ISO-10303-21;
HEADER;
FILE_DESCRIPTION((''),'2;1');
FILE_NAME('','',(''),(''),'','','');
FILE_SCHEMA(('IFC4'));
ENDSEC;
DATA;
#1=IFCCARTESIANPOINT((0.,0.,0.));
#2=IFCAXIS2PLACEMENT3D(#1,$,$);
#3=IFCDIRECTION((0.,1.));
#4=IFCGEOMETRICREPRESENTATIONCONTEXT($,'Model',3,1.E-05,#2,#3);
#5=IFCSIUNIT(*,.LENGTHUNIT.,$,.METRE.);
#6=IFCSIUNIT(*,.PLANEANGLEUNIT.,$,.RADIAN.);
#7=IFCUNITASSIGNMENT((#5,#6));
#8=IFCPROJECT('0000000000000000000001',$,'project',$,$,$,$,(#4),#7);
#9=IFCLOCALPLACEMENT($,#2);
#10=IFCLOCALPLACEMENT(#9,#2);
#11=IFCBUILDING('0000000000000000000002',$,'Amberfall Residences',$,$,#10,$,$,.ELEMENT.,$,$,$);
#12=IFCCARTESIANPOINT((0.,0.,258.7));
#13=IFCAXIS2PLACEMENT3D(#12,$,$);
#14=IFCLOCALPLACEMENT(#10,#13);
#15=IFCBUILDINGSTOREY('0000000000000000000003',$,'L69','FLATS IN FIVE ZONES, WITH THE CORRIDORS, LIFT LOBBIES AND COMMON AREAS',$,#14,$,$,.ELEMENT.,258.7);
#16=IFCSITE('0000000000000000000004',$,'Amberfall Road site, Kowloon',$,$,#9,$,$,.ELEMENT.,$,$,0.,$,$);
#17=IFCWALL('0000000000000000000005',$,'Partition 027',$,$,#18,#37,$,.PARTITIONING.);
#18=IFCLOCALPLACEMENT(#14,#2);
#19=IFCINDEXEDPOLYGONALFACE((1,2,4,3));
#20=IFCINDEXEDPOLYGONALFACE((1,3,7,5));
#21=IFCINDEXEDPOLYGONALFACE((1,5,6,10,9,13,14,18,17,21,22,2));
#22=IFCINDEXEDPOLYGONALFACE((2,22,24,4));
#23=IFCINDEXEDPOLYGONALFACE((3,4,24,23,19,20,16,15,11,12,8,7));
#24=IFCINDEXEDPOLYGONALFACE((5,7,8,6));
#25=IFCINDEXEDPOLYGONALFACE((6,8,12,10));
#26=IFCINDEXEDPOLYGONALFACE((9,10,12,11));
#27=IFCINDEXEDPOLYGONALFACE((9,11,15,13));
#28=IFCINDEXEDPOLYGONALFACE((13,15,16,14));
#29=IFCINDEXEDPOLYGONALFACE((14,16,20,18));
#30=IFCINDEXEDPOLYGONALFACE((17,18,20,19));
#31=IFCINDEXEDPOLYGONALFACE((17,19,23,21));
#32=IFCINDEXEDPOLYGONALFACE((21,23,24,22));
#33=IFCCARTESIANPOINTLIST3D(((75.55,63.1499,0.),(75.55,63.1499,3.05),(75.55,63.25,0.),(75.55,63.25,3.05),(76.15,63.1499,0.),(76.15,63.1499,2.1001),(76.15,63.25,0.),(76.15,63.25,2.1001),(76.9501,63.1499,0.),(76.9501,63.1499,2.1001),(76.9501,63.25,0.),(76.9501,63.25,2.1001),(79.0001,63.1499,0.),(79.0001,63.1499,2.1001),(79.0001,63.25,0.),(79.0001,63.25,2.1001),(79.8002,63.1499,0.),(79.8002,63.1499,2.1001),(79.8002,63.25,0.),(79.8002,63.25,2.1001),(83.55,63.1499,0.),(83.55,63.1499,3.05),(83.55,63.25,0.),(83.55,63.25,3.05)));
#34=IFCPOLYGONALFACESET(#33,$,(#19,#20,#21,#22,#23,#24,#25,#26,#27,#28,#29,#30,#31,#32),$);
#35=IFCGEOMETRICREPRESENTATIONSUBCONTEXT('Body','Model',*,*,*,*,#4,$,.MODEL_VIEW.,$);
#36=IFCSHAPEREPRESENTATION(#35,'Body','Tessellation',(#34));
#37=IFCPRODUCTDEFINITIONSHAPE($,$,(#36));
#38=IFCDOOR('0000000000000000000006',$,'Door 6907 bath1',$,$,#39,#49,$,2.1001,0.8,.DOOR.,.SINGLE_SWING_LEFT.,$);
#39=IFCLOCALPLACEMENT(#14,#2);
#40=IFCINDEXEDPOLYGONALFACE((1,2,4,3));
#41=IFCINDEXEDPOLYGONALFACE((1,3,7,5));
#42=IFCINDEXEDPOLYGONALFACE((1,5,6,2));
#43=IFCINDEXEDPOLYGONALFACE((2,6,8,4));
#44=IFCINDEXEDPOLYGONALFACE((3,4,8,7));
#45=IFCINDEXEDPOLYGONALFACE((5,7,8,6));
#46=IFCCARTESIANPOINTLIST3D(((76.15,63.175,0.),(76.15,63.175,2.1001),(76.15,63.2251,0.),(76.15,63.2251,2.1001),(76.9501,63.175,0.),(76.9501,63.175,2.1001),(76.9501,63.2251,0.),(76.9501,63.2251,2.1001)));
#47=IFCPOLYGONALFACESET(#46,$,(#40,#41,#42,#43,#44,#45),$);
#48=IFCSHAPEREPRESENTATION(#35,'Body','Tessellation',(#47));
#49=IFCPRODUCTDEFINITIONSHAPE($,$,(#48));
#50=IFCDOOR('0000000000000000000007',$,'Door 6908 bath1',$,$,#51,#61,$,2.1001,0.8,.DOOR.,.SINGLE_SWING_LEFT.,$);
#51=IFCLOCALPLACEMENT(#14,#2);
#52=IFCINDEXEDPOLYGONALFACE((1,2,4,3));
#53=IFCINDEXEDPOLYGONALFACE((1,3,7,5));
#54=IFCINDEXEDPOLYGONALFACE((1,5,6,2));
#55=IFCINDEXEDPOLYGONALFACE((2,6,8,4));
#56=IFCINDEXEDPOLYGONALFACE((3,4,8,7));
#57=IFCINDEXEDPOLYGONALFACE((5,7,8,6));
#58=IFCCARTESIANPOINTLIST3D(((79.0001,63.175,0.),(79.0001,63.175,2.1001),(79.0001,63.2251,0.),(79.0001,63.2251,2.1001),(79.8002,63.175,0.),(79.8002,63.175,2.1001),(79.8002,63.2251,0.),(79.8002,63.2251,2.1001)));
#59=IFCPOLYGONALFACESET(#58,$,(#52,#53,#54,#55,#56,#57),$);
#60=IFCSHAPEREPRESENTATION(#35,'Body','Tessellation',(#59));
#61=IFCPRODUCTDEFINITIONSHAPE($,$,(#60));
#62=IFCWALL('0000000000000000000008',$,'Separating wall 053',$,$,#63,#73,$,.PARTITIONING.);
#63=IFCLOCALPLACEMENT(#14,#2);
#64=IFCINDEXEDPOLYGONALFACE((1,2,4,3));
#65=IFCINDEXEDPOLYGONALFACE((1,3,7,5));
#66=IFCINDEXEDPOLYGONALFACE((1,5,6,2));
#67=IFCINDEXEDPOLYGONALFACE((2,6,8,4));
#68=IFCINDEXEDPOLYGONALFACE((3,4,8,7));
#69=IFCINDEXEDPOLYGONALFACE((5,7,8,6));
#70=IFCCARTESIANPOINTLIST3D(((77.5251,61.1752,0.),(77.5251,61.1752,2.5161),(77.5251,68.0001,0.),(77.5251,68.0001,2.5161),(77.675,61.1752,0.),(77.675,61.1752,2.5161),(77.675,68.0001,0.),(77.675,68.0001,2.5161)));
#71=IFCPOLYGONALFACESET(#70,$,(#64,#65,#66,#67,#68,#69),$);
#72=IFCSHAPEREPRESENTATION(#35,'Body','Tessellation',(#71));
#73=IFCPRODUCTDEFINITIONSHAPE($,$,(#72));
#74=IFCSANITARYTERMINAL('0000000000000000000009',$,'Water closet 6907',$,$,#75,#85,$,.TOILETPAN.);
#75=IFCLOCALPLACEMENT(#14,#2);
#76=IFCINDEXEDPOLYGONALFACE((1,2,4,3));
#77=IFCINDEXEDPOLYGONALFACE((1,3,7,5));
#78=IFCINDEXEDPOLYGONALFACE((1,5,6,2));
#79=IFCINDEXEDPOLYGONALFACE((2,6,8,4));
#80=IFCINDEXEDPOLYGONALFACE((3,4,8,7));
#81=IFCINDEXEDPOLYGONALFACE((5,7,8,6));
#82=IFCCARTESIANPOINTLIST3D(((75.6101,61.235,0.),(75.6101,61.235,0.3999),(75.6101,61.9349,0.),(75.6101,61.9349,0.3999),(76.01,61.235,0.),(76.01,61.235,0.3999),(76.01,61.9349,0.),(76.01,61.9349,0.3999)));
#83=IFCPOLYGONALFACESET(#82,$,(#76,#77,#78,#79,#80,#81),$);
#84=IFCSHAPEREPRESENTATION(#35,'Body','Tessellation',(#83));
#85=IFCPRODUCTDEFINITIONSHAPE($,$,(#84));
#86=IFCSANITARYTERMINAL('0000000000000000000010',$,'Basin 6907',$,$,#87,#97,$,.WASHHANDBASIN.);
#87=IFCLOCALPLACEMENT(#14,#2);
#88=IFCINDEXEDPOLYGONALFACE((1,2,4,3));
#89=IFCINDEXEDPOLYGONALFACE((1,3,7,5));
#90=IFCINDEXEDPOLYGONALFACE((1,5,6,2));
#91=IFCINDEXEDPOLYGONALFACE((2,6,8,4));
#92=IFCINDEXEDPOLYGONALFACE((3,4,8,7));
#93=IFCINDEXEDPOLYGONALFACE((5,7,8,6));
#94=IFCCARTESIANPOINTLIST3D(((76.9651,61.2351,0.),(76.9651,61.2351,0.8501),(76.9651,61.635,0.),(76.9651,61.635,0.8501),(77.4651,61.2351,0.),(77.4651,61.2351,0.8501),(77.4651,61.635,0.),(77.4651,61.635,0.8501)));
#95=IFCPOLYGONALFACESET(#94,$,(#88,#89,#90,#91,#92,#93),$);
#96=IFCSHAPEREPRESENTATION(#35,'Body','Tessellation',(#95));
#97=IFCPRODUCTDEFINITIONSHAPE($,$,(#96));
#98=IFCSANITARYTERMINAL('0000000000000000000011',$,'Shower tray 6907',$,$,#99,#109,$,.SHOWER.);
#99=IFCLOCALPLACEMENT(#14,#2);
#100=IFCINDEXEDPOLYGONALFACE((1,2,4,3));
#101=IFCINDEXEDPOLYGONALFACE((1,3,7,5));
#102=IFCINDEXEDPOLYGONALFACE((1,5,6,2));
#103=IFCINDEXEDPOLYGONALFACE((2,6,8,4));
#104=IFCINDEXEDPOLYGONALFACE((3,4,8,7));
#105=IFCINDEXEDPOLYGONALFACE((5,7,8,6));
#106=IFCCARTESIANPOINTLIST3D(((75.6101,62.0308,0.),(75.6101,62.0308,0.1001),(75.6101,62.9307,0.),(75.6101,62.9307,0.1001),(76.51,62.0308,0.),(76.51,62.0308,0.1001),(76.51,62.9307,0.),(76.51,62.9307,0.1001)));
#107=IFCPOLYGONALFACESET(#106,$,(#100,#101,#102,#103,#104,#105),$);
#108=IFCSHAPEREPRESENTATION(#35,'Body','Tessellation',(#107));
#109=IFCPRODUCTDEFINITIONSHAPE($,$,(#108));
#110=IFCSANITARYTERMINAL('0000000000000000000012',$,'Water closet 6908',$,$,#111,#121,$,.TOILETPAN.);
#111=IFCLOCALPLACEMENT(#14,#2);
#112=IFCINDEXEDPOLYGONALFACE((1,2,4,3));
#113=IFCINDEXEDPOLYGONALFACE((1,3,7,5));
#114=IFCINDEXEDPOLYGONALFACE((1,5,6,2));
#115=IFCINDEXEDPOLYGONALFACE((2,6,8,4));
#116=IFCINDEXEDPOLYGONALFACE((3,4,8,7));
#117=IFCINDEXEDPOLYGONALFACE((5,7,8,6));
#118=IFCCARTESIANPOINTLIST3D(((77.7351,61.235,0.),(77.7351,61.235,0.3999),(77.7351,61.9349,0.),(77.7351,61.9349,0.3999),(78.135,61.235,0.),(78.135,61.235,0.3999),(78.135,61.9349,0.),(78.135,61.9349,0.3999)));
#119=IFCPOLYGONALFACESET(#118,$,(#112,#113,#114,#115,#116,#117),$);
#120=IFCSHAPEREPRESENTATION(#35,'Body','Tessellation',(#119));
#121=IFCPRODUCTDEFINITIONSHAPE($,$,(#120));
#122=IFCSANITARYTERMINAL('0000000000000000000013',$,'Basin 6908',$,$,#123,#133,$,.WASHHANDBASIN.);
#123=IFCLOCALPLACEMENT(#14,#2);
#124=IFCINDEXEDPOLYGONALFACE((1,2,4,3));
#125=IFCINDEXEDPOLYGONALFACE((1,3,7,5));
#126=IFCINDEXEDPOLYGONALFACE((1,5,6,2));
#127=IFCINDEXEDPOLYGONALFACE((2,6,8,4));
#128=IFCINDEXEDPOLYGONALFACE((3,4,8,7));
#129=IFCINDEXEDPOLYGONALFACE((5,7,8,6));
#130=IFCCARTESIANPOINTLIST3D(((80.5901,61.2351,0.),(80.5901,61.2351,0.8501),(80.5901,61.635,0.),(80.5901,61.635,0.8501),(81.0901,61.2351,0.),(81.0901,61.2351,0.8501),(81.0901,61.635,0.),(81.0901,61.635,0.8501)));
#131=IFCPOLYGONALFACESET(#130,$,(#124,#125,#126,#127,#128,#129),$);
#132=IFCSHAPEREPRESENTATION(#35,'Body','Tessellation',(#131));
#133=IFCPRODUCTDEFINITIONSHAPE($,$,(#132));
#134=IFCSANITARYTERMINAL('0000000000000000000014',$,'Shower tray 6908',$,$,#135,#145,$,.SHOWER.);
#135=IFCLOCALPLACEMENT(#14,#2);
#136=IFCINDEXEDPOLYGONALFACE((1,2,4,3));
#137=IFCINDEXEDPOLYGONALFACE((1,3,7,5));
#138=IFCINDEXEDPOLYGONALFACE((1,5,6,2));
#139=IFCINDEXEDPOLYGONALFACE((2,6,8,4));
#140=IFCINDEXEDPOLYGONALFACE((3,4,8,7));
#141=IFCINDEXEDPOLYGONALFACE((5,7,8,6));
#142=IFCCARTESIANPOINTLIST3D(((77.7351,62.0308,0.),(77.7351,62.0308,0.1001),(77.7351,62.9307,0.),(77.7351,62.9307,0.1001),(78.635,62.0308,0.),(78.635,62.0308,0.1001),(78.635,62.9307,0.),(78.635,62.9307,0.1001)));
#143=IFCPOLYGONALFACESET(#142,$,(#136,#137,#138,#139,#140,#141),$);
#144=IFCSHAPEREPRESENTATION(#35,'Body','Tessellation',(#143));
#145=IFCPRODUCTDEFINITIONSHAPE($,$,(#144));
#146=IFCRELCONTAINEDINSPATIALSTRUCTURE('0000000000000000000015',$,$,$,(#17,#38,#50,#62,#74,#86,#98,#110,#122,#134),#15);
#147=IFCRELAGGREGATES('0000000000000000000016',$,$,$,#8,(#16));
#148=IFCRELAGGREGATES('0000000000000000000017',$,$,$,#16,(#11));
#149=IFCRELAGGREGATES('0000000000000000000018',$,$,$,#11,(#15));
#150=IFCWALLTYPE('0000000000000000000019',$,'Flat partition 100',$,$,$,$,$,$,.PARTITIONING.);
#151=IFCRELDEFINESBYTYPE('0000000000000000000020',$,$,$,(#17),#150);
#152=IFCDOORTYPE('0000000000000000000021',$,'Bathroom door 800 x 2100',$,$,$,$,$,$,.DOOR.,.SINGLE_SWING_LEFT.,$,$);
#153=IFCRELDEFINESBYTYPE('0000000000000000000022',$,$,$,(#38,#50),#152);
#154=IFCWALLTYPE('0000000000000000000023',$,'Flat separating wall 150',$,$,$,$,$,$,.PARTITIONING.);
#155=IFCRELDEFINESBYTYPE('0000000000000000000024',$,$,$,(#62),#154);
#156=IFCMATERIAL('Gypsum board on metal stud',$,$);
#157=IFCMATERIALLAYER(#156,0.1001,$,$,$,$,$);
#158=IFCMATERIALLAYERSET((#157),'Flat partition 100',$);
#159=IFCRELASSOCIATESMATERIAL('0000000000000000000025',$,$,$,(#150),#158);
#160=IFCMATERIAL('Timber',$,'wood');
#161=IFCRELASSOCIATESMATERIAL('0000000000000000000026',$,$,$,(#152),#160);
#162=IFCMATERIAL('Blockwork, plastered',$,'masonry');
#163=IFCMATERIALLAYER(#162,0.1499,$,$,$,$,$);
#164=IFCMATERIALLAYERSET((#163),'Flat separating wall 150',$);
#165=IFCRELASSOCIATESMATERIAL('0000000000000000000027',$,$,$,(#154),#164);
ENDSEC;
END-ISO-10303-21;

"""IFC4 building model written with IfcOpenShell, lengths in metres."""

from ifc_helpers import new_model, si_unit, direction, frame, frame_2d, origin, origin_2d, place, context, subcontext, project, spatial, rectangle, extrude, material, layer, layer_set, type_object, element, fill, save


model = new_model("IFC4")

# Units and contexts
model_context = context("Model", 3, precision=1e-05, world=origin(), true_north=direction((0.0, 1.0)))
body_context = subcontext(model_context, "Body", "Model", "MODEL_VIEW")
ifc_project = project(units=[si_unit("LENGTHUNIT", "METRE"), si_unit("PLANEANGLEUNIT", "RADIAN")], contexts=[model_context])

# Site, building, storey
site_placement = place(None, origin())
site = spatial("IfcSite", under=ifc_project, at=site_placement, Name="Amberfall Road site, Kowloon", CompositionType="ELEMENT", RefElevation=0.0)
building_placement = place(site_placement, origin())
building = spatial("IfcBuilding", under=site, at=building_placement, Name="Amberfall Residences", CompositionType="ELEMENT")
storey_placement = place(building_placement, frame((0.0, 0.0, 258.7)))
storey = spatial("IfcBuildingStorey", under=building, at=storey_placement, Name="L69", Description="FLATS IN FIVE ZONES, WITH THE CORRIDORS, LIFT LOBBIES AND COMMON AREAS", CompositionType="ELEMENT", Elevation=258.7)

# Shared definitions
ifc_material_1 = material(Name="Gypsum board on metal stud")
ifc_layer_1 = layer(ifc_material_1, 0.1001)
ifc_layer_set_1 = layer_set([ifc_layer_1], Name="Flat partition 100")
wall_type_1 = type_object("IfcWallType", Name="Flat partition 100", PredefinedType="PARTITIONING", material=ifc_layer_set_1)
ifc_material_2 = material(Name="Timber", Category="wood")

# Wall, openings, doors
wall_1_placement = place(storey_placement, frame((83.55, 63.2, 0.0), z_axis=(0.0, 0.0, 1.0), x_axis=(-1.0, 0.0, 0.0)))
wall_1 = element("IfcWall", 1, at=wall_1_placement, inside=storey, type_object=wall_type_1, Name="Partition 027", PredefinedType="PARTITIONING", context=body_context, shape_type="SweptSolid", body=[
    extrude(rectangle(XDim=8.0, YDim=0.1001, at=frame_2d((4.0, 0.0))), origin(), (0.0, 0.0, 1.0), 3.05),
])
opening_1_placement = place(wall_1_placement, frame((6.6001, 0.0, 0.0)))
opening_1 = element("IfcOpeningElement", 2, at=opening_1_placement, cuts=wall_1, PredefinedType="OPENING", context=body_context, shape_type="SweptSolid", body=[
    extrude(rectangle(XDim=0.8, YDim=2.1001, at=frame_2d((0.3999, 1.05))), frame((0.0, 0.0601, 0.0), z_axis=(0.0, -1.0, 0.0), x_axis=(1.0, 0.0, 0.0)), (0.0, 0.0, 1.0), 0.1201),
])
opening_2_placement = place(wall_1_placement, frame((3.75, 0.0, 0.0)))
opening_2 = element("IfcOpeningElement", 3, at=opening_2_placement, cuts=wall_1, PredefinedType="OPENING", context=body_context, shape_type="SweptSolid", body=[
    extrude(rectangle(XDim=0.8, YDim=2.1001, at=frame_2d((0.3999, 1.05))), frame((0.0, 0.0601, 0.0), z_axis=(0.0, -1.0, 0.0), x_axis=(1.0, 0.0, 0.0)), (0.0, 0.0, 1.0), 0.1201),
])
door_type_1 = type_object("IfcDoorType", Name="Bathroom door 800 x 2100", OperationType="SINGLE_SWING_LEFT", PredefinedType="DOOR", material=ifc_material_2)
door_1_placement = place(opening_1_placement, origin())
door_1 = element("IfcDoor", 4, at=door_1_placement, inside=storey, type_object=door_type_1, Name="Door 6907 bath1", OperationType="SINGLE_SWING_LEFT", OverallHeight=2.1001, OverallWidth=0.8, PredefinedType="DOOR", context=body_context, shape_type="SweptSolid", body=[
    extrude(rectangle(XDim=0.8, YDim=2.1001, at=frame_2d((0.3999, 1.05))), frame((0.0, 0.0249, 0.0), z_axis=(0.0, -1.0, 0.0), x_axis=(1.0, 0.0, 0.0)), (0.0, 0.0, 1.0), 0.05),
])
fill(opening_1, door_1)
door_2_placement = place(opening_2_placement, origin())
door_2 = element("IfcDoor", 5, at=door_2_placement, inside=storey, type_object=door_type_1, Name="Door 6908 bath1", OperationType="SINGLE_SWING_LEFT", OverallHeight=2.1001, OverallWidth=0.8, PredefinedType="DOOR", context=body_context, shape_type="SweptSolid", body=[
    extrude(rectangle(XDim=0.8, YDim=2.1001, at=frame_2d((0.3999, 1.05))), frame((0.0, 0.0249, 0.0), z_axis=(0.0, -1.0, 0.0), x_axis=(1.0, 0.0, 0.0)), (0.0, 0.0, 1.0), 0.05),
])
fill(opening_2, door_2)

# Wall
ifc_material_3 = material(Name="Blockwork, plastered", Category="masonry")
ifc_layer_2 = layer(ifc_material_3, 0.1499)
ifc_layer_set_2 = layer_set([ifc_layer_2], Name="Flat separating wall 150")
wall_type_2 = type_object("IfcWallType", Name="Flat separating wall 150", PredefinedType="PARTITIONING", material=ifc_layer_set_2)
wall_2_placement = place(storey_placement, frame((77.6001, 61.175, 0.0), z_axis=(0.0, 0.0, 1.0), x_axis=(0.0, 1.0, 0.0)))
element("IfcWall", 6, at=wall_2_placement, inside=storey, type_object=wall_type_2, Name="Separating wall 053", PredefinedType="PARTITIONING", context=body_context, shape_type="SweptSolid", body=[
    extrude(rectangle(XDim=6.825, YDim=0.1499, at=frame_2d((3.4126, 0.0))), origin(), (0.0, 0.0, 1.0), 2.5161),
])

# Sanitary terminals
sanitary_terminal_1_placement = place(storey_placement, frame((75.8101, 61.585, 0.0), z_axis=(0.0, 0.0, 1.0), x_axis=(1.0, 0.0, 0.0)))
element("IfcSanitaryTerminal", 7, at=sanitary_terminal_1_placement, inside=storey, Name="Water closet 6907", PredefinedType="TOILETPAN", context=body_context, shape_type="SweptSolid", body=[
    extrude(rectangle(XDim=0.3999, YDim=0.7, at=origin_2d()), origin(), (0.0, 0.0, 1.0), 0.3999),
])
sanitary_terminal_2_placement = place(storey_placement, frame((77.2151, 61.4351, 0.0), z_axis=(0.0, 0.0, 1.0), x_axis=(1.0, 0.0, 0.0)))
element("IfcSanitaryTerminal", 8, at=sanitary_terminal_2_placement, inside=storey, Name="Basin 6907", PredefinedType="WASHHANDBASIN", context=body_context, shape_type="SweptSolid", body=[
    extrude(rectangle(XDim=0.5, YDim=0.3999, at=origin_2d()), origin(), (0.0, 0.0, 1.0), 0.8501),
])
sanitary_terminal_3_placement = place(storey_placement, frame((76.0601, 62.4807, 0.0), z_axis=(0.0, 0.0, 1.0), x_axis=(1.0, 0.0, 0.0)))
element("IfcSanitaryTerminal", 9, at=sanitary_terminal_3_placement, inside=storey, Name="Shower tray 6907", PredefinedType="SHOWER", context=body_context, shape_type="SweptSolid", body=[
    extrude(rectangle(XDim=0.8999, YDim=0.8999, at=origin_2d()), origin(), (0.0, 0.0, 1.0), 0.1001),
])
sanitary_terminal_4_placement = place(storey_placement, frame((77.9351, 61.585, 0.0), z_axis=(0.0, 0.0, 1.0), x_axis=(1.0, 0.0, 0.0)))
element("IfcSanitaryTerminal", 10, at=sanitary_terminal_4_placement, inside=storey, Name="Water closet 6908", PredefinedType="TOILETPAN", context=body_context, shape_type="SweptSolid", body=[
    extrude(rectangle(XDim=0.3999, YDim=0.7, at=origin_2d()), origin(), (0.0, 0.0, 1.0), 0.3999),
])
sanitary_terminal_5_placement = place(storey_placement, frame((80.8401, 61.4351, 0.0), z_axis=(0.0, 0.0, 1.0), x_axis=(1.0, 0.0, 0.0)))
element("IfcSanitaryTerminal", 11, at=sanitary_terminal_5_placement, inside=storey, Name="Basin 6908", PredefinedType="WASHHANDBASIN", context=body_context, shape_type="SweptSolid", body=[
    extrude(rectangle(XDim=0.5, YDim=0.3999, at=origin_2d()), origin(), (0.0, 0.0, 1.0), 0.8501),
])
sanitary_terminal_6_placement = place(storey_placement, frame((78.1851, 62.4807, 0.0), z_axis=(0.0, 0.0, 1.0), x_axis=(1.0, 0.0, 0.0)))
element("IfcSanitaryTerminal", 12, at=sanitary_terminal_6_placement, inside=storey, Name="Shower tray 6908", PredefinedType="SHOWER", context=body_context, shape_type="SweptSolid", body=[
    extrude(rectangle(XDim=0.8999, YDim=0.8999, at=origin_2d()), origin(), (0.0, 0.0, 1.0), 0.1001),
])

save(model, "model.ifc")
